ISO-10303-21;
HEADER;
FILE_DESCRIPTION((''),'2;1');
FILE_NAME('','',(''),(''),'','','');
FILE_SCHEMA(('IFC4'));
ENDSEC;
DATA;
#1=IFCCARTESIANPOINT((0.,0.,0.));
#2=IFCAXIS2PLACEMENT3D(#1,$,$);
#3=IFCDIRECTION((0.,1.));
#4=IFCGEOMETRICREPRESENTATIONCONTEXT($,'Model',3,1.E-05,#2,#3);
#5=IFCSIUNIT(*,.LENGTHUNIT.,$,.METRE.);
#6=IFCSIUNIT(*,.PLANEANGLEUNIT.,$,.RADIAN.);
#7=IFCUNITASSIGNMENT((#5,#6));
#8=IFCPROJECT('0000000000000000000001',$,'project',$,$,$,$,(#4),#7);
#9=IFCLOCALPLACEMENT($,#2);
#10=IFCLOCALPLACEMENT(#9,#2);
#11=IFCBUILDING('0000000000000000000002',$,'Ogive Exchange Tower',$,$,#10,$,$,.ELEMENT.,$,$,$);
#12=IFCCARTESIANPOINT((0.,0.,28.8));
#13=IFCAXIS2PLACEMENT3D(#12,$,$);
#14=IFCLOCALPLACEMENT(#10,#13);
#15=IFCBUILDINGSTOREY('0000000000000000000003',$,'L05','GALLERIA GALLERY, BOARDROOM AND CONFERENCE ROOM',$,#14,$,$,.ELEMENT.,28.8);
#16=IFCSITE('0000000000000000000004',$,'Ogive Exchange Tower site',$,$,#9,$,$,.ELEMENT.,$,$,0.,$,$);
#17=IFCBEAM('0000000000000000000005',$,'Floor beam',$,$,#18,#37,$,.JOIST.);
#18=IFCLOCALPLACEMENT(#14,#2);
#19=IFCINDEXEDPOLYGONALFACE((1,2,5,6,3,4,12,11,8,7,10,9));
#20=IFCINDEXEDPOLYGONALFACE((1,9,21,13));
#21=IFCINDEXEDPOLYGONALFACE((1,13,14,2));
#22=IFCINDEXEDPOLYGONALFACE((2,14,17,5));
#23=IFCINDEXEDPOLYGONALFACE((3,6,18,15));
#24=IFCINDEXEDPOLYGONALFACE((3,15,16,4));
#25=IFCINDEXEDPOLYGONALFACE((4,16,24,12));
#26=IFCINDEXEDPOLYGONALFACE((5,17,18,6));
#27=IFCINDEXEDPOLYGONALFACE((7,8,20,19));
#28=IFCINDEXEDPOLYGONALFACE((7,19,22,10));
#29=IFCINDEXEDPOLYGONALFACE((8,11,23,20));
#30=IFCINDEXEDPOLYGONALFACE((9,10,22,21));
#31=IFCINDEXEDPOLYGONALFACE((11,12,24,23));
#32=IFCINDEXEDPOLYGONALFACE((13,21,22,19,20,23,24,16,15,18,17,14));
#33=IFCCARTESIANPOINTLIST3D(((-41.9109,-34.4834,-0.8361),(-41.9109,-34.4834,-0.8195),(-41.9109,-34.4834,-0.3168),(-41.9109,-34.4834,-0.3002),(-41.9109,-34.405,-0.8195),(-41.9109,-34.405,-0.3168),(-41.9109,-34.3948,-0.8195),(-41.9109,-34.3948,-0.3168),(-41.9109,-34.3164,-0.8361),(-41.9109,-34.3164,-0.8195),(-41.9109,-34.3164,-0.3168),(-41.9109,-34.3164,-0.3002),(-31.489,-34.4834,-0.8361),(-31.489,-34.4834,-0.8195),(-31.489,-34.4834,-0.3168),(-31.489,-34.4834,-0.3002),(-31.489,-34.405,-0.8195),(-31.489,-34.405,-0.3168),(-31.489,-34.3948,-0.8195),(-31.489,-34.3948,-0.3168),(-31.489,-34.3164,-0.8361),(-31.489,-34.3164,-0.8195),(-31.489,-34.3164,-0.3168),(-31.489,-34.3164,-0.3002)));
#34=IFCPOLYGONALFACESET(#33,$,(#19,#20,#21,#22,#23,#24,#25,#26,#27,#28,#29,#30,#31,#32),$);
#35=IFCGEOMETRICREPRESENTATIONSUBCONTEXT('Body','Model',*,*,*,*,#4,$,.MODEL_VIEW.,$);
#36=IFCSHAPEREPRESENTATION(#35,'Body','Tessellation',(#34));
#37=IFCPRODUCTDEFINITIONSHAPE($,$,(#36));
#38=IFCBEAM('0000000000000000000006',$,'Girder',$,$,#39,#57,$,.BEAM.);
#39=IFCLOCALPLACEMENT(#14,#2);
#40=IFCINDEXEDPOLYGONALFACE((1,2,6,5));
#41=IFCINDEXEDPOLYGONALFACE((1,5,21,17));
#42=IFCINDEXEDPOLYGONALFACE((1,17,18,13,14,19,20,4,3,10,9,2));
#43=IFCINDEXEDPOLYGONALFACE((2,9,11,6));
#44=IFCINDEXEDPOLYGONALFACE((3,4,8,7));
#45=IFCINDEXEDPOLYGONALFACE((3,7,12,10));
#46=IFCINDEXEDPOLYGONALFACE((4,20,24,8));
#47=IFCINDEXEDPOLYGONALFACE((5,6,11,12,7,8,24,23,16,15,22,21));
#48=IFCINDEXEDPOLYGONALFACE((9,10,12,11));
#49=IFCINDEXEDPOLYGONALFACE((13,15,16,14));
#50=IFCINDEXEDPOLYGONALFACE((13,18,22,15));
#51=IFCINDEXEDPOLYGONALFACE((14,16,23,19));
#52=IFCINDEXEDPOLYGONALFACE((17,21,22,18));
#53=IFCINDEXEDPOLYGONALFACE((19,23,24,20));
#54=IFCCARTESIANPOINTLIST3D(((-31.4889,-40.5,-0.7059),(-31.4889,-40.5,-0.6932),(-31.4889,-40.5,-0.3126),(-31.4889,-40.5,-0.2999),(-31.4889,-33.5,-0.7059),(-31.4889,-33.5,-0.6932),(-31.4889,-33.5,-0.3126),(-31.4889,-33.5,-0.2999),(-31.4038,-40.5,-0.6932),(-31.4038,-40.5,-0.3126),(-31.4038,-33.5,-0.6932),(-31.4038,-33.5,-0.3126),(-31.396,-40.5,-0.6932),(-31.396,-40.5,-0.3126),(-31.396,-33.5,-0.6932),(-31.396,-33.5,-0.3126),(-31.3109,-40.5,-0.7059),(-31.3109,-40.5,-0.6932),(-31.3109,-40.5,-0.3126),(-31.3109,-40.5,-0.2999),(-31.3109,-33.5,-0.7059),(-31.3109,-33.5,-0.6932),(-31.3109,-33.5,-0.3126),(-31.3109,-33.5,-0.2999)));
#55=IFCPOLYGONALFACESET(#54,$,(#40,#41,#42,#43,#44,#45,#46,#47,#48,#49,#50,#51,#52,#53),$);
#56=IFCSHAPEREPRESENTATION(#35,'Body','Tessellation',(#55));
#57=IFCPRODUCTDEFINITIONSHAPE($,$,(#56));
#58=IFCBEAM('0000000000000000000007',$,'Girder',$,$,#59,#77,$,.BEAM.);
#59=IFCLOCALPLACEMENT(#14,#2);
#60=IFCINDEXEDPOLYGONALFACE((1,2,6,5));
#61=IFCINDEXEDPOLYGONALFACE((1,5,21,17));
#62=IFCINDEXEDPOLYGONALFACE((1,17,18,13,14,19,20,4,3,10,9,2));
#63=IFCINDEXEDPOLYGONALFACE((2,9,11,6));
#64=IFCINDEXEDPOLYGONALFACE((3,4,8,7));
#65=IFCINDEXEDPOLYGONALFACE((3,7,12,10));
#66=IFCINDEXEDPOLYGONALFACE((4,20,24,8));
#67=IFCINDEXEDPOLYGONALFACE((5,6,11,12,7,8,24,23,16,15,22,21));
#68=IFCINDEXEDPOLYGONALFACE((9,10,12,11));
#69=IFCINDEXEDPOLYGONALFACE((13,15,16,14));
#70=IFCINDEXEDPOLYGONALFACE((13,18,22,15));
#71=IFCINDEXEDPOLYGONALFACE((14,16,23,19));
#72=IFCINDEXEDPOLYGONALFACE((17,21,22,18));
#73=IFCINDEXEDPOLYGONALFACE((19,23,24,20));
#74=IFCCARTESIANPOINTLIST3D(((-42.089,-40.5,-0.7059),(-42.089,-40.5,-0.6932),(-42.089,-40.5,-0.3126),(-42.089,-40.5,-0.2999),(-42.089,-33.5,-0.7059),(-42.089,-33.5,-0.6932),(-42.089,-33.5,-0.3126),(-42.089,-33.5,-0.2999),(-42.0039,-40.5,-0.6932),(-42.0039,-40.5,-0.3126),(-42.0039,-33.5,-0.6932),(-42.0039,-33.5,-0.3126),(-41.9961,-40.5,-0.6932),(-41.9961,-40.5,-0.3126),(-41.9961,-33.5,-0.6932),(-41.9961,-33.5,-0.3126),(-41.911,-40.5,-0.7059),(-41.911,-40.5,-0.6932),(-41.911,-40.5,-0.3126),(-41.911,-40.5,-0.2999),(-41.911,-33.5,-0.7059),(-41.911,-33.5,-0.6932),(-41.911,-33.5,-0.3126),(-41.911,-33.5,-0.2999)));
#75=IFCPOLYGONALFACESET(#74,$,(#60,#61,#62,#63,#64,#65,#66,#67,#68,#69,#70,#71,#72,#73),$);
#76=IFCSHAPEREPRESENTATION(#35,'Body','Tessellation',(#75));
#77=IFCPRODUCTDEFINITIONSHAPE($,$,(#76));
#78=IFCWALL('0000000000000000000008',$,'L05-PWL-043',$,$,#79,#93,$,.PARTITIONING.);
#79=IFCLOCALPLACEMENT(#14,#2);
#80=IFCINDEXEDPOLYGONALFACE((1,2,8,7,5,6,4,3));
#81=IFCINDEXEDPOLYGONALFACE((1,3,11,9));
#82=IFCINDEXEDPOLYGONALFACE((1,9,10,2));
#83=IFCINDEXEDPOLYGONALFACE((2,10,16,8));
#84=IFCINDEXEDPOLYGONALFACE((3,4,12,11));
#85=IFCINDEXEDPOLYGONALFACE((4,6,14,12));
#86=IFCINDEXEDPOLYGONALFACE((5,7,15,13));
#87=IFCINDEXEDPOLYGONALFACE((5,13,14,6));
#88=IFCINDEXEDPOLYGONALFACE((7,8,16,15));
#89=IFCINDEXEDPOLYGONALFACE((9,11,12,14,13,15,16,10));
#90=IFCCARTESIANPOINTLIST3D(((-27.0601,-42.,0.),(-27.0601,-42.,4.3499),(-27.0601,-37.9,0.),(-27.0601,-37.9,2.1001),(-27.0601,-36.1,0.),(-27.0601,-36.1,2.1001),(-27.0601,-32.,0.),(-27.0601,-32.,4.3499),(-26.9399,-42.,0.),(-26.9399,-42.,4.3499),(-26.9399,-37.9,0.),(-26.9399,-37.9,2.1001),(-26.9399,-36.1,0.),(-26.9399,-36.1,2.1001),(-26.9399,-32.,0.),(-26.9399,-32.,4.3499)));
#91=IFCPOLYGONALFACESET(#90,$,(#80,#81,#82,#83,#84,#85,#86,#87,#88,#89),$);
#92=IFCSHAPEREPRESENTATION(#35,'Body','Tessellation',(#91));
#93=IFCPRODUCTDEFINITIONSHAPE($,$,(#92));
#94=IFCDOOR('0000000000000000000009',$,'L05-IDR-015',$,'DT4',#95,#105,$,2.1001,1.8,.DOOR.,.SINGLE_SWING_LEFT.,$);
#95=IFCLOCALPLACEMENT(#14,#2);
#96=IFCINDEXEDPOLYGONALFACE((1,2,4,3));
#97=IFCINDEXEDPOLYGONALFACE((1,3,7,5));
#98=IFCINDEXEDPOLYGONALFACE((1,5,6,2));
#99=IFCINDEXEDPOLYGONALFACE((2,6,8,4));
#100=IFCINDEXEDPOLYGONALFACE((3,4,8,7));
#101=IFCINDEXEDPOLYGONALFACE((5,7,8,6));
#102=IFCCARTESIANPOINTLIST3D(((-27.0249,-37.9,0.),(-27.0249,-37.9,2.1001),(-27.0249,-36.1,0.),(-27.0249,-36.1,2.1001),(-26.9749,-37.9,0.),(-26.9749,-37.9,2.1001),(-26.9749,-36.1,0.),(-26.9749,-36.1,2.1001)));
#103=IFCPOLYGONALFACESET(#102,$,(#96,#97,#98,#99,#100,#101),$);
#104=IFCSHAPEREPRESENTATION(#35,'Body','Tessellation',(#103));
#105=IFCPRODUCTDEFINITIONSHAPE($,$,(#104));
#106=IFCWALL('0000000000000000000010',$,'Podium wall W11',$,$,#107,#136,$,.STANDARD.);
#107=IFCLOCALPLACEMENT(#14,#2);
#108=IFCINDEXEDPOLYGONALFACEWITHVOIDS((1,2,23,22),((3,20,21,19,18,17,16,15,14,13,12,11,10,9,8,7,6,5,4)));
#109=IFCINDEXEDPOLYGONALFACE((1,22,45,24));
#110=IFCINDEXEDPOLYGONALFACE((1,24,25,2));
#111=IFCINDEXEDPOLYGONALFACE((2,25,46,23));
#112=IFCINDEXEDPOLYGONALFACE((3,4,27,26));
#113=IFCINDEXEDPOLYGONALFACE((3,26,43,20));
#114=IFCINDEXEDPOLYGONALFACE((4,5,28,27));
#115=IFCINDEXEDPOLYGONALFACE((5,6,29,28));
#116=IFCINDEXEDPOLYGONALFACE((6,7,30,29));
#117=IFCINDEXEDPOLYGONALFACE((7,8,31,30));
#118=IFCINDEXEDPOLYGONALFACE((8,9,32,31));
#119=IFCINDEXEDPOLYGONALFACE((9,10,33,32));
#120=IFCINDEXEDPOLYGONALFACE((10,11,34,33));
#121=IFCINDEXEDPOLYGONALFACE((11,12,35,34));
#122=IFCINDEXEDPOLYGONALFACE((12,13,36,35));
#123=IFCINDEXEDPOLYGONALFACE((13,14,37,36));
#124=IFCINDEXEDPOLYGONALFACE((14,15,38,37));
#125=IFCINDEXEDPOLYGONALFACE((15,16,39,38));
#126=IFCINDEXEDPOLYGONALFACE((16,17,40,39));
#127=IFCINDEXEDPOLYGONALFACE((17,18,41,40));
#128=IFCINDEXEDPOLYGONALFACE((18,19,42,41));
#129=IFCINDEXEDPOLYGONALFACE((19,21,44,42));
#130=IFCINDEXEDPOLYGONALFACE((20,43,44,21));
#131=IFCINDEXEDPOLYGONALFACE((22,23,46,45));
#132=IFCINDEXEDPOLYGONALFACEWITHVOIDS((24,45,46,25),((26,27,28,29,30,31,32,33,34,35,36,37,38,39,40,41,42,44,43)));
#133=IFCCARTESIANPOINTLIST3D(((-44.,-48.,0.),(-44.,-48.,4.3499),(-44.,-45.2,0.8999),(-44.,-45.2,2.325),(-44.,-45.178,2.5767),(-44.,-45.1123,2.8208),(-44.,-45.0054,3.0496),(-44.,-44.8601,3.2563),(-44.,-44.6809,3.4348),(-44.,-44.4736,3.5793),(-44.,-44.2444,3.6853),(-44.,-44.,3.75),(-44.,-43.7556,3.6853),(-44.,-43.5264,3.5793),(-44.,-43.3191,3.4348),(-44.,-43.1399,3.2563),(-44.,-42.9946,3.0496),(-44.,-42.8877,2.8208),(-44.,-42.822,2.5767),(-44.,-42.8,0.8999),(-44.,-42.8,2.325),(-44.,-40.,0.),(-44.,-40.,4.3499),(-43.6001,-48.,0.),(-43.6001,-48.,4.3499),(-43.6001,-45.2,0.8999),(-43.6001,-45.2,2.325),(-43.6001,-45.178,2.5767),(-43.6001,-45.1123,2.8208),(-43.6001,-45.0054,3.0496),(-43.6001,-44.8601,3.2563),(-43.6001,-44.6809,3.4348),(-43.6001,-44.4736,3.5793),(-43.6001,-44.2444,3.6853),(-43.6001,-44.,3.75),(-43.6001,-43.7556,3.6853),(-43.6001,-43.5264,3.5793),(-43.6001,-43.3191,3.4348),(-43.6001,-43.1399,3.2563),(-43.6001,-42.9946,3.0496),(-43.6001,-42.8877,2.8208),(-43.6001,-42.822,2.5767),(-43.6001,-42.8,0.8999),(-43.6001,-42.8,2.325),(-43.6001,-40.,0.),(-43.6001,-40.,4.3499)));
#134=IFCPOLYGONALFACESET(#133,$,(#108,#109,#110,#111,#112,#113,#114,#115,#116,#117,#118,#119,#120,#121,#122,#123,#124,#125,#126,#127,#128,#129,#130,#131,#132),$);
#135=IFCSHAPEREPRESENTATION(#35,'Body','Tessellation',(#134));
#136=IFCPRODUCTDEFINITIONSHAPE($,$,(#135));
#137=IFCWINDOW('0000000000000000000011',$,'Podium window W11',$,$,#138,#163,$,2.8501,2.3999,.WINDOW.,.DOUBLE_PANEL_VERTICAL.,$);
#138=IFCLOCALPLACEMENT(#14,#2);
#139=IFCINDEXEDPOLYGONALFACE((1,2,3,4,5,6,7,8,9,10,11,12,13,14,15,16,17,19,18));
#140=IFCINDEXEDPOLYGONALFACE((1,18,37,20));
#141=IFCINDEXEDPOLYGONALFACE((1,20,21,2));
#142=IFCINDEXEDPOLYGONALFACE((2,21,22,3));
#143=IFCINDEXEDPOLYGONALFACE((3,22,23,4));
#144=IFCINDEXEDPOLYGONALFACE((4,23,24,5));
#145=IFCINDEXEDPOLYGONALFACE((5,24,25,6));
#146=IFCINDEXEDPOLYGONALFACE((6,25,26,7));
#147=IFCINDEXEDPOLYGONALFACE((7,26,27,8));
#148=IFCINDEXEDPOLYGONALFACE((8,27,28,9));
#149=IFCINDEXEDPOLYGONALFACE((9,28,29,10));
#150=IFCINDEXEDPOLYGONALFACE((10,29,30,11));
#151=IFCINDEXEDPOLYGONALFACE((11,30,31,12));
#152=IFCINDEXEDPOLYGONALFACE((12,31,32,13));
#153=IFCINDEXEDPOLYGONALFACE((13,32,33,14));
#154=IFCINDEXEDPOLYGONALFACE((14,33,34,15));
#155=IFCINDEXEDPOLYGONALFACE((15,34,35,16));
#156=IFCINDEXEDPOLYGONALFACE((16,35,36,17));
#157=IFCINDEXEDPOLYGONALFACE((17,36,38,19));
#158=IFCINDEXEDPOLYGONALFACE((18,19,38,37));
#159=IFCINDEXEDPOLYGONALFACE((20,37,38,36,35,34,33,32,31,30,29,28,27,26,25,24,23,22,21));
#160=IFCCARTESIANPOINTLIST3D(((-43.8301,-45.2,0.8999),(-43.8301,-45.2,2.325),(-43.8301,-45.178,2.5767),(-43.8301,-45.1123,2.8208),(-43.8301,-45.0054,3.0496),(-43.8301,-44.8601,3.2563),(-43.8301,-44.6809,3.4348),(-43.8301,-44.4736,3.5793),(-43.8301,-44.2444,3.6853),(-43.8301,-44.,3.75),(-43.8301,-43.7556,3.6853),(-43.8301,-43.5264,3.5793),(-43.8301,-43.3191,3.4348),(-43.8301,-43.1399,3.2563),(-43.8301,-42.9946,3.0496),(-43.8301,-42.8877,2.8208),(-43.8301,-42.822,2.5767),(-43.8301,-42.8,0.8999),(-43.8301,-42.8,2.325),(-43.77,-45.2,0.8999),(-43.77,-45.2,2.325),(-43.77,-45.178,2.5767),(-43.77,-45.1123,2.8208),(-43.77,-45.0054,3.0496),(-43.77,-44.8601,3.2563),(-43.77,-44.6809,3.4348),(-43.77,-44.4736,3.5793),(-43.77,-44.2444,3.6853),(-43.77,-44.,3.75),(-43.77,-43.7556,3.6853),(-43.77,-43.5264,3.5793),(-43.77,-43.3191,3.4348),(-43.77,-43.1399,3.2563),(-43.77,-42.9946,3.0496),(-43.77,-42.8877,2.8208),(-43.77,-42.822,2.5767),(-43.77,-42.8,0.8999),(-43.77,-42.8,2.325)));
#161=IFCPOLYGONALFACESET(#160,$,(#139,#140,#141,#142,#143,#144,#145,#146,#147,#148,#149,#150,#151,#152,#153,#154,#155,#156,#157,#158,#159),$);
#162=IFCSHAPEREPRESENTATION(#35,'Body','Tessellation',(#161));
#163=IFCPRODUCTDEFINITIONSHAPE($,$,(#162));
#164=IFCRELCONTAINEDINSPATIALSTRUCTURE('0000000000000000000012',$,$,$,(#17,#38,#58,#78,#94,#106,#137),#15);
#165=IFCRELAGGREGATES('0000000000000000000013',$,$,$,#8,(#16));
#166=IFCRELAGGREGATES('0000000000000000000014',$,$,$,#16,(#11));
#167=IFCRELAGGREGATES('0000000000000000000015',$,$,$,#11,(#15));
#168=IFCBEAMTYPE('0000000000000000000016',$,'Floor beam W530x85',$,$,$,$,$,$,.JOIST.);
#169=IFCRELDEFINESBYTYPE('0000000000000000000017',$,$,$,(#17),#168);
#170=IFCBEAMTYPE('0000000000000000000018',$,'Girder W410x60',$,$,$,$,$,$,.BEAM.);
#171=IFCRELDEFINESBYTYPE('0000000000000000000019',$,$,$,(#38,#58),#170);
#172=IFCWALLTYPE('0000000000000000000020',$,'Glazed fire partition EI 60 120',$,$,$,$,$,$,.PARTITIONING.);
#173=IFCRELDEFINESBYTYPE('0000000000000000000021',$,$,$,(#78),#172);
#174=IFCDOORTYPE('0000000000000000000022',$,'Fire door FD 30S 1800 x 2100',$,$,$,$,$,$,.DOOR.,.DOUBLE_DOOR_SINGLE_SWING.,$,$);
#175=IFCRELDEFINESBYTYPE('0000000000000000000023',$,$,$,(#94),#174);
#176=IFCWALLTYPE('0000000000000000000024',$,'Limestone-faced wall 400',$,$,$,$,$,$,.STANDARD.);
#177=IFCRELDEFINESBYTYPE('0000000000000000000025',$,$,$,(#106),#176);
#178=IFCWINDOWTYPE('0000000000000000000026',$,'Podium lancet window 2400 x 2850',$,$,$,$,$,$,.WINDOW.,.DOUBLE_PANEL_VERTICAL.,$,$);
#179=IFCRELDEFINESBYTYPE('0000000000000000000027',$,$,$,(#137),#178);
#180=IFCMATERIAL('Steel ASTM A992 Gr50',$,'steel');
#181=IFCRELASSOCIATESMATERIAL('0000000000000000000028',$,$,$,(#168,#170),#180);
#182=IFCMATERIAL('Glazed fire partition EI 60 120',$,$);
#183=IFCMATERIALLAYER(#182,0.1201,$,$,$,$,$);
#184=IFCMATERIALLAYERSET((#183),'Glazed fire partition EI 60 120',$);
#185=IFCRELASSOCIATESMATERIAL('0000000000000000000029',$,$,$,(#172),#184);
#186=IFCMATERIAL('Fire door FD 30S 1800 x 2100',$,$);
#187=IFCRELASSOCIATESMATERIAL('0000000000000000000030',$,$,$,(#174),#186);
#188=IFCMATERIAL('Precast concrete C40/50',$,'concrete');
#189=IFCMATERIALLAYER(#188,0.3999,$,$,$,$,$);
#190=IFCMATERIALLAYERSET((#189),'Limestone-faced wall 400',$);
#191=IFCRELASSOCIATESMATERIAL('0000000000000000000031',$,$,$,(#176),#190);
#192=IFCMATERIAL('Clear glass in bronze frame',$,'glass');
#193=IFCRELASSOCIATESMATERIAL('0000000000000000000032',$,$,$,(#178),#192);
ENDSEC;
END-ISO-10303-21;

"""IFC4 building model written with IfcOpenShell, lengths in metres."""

from ifc_helpers import new_model, si_unit, direction, frame, frame_2d, origin, origin_2d, place, context, subcontext, project, spatial, polyline, rectangle, i_section, outline, extrude, material, layer, layer_set, material_profile, profile_set, type_object, element, fill, save


model = new_model("IFC4")

# Units and contexts
model_context = context("Model", 3, precision=1e-05, world=origin(), true_north=direction((0.0, 1.0)))
body_context = subcontext(model_context, "Body", "Model", "MODEL_VIEW")
ifc_project = project(units=[si_unit("LENGTHUNIT", "METRE"), si_unit("PLANEANGLEUNIT", "RADIAN")], contexts=[model_context])

# Site, building, storey
site_placement = place(None, origin())
site = spatial("IfcSite", under=ifc_project, at=site_placement, Name="Ogive Exchange Tower site", CompositionType="ELEMENT", RefElevation=0.0)
building_placement = place(site_placement, origin())
building = spatial("IfcBuilding", under=site, at=building_placement, Name="Ogive Exchange Tower", CompositionType="ELEMENT")
storey_placement = place(building_placement, frame((0.0, 0.0, 28.8)))
storey = spatial("IfcBuildingStorey", under=building, at=storey_placement, Name="L05", Description="GALLERIA GALLERY, BOARDROOM AND CONFERENCE ROOM", CompositionType="ELEMENT", Elevation=28.8)

# Beams
ifc_material_1 = material(Name="Steel ASTM A992 Gr50", Category="steel")
ifc_material_profile_1 = material_profile(ifc_material_1, i_section(OverallWidth=0.167, OverallDepth=0.5359, WebThickness=0.0103, FlangeThickness=0.0166, at=origin_2d()), Name="W530x85")
ifc_profile_set_1 = profile_set([ifc_material_profile_1], Name="Steel ASTM A992 Gr50")
beam_type_1 = type_object("IfcBeamType", Name="Floor beam W530x85", PredefinedType="JOIST", material=ifc_profile_set_1)
for number, where, z_axis, x_axis, name in (
    (1, (-41.9109, -34.3999, -0.5681), (1.0, 0.0, 0.0), (0.0, 1.0, 0.0), "Floor beam"),
):
    element("IfcBeam", number, at=place(storey_placement, frame(where, z_axis=z_axis, x_axis=x_axis)), inside=storey, type_object=beam_type_1, Name=name, PredefinedType="JOIST", context=body_context, shape_type="SweptSolid", body=[
        extrude(i_section(OverallWidth=0.167, OverallDepth=0.5359, WebThickness=0.0103, FlangeThickness=0.0166, at=origin_2d()), origin(), (0.0, 0.0, 1.0), 10.4219),
    ])
ifc_material_profile_2 = material_profile(ifc_material_1, i_section(OverallWidth=0.178, OverallDepth=0.406, WebThickness=0.0078, FlangeThickness=0.0127, at=origin_2d()), Name="W410x60")
ifc_profile_set_2 = profile_set([ifc_material_profile_2], Name="Steel ASTM A992 Gr50")
beam_type_2 = type_object("IfcBeamType", Name="Girder W410x60", PredefinedType="BEAM", material=ifc_profile_set_2)
for number, where, z_axis, x_axis, name in (
    (2, (-31.3999, -40.5, -0.5029), (0.0, 1.0, 0.0), (-1.0, 0.0, 0.0), "Girder"),
    (3, (-42.0, -40.5, -0.5029), (0.0, 1.0, 0.0), (-1.0, 0.0, 0.0), "Girder"),
):
    element("IfcBeam", number, at=place(storey_placement, frame(where, z_axis=z_axis, x_axis=x_axis)), inside=storey, type_object=beam_type_2, Name=name, PredefinedType="BEAM", context=body_context, shape_type="SweptSolid", body=[
        extrude(i_section(OverallWidth=0.178, OverallDepth=0.406, WebThickness=0.0078, FlangeThickness=0.0127, at=origin_2d()), origin(), (0.0, 0.0, 1.0), 7.0),
    ])

# Wall, opening, door
ifc_material_2 = material(Name="Glazed fire partition EI 60 120")
ifc_layer_1 = layer(ifc_material_2, 0.1201)
ifc_layer_set_1 = layer_set([ifc_layer_1], Name="Glazed fire partition EI 60 120")
wall_type_1 = type_object("IfcWallType", Name="Glazed fire partition EI 60 120", PredefinedType="PARTITIONING", material=ifc_layer_set_1)
wall_1_placement = place(storey_placement, frame((-27.0, -42.0, 0.0), z_axis=(0.0, 0.0, 1.0), x_axis=(0.0, 1.0, 0.0)))
wall_1 = element("IfcWall", 4, at=wall_1_placement, inside=storey, type_object=wall_type_1, Name="L05-PWL-043", PredefinedType="PARTITIONING", context=body_context, shape_type="SweptSolid", body=[
    extrude(rectangle(XDim=10.0, YDim=0.1201, at=frame_2d((5.0, 0.0))), origin(), (0.0, 0.0, 1.0), 4.3499),
])
opening_1_placement = place(wall_1_placement, frame((4.1001, 0.0, 0.0)))
opening_1 = element("IfcOpeningElement", 5, at=opening_1_placement, cuts=wall_1, PredefinedType="OPENING", context=body_context, shape_type="SweptSolid", body=[
    extrude(rectangle(XDim=1.8, YDim=2.1001, at=frame_2d((0.8999, 1.05))), frame((0.0, 0.0701, 0.0), z_axis=(0.0, -1.0, 0.0), x_axis=(1.0, 0.0, 0.0)), (0.0, 0.0, 1.0), 0.1401),
])
ifc_material_3 = material(Name="Fire door FD 30S 1800 x 2100")
door_type = type_object("IfcDoorType", Name="Fire door FD 30S 1800 x 2100", OperationType="DOUBLE_DOOR_SINGLE_SWING", PredefinedType="DOOR", material=ifc_material_3)
door_placement = place(opening_1_placement, origin())
door = element("IfcDoor", 6, at=door_placement, inside=storey, type_object=door_type, Name="L05-IDR-015", ObjectType="DT4", OperationType="SINGLE_SWING_LEFT", OverallHeight=2.1001, OverallWidth=1.8, PredefinedType="DOOR", context=body_context, shape_type="SweptSolid", body=[
    extrude(rectangle(XDim=1.8, YDim=2.1001, at=frame_2d((0.8999, 1.05))), frame((0.0, 0.0249, 0.0), z_axis=(0.0, -1.0, 0.0), x_axis=(1.0, 0.0, 0.0)), (0.0, 0.0, 1.0), 0.05),
])
fill(opening_1, door)

# Wall, opening, window
ifc_material_4 = material(Name="Precast concrete C40/50", Category="concrete")
ifc_layer_2 = layer(ifc_material_4, 0.3999)
ifc_layer_set_2 = layer_set([ifc_layer_2], Name="Limestone-faced wall 400")
wall_type_2 = type_object("IfcWallType", Name="Limestone-faced wall 400", PredefinedType="STANDARD", material=ifc_layer_set_2)
wall_2_placement = place(storey_placement, frame((-43.8, -40.0, 0.0), z_axis=(0.0, 0.0, 1.0), x_axis=(0.0, -1.0, 0.0)))
wall_2 = element("IfcWall", 7, at=wall_2_placement, inside=storey, type_object=wall_type_2, Name="Podium wall W11", PredefinedType="STANDARD", context=body_context, shape_type="SweptSolid", body=[
    extrude(rectangle(XDim=8.0, YDim=0.3999, at=frame_2d((4.0, 0.0))), origin(), (0.0, 0.0, 1.0), 4.3499),
])
opening_2_placement = place(wall_2_placement, frame((2.8, 0.0, 0.8999)))
opening_2 = element("IfcOpeningElement", 8, at=opening_2_placement, cuts=wall_2, PredefinedType="OPENING", context=body_context, shape_type="SweptSolid", body=[
    extrude(outline(polyline([(0.0, 0.0), (2.3999, 0.0), (2.3999, 1.425), (2.3779, 1.6768), (2.3123, 1.9209), (2.2053, 2.1497), (2.0601, 2.3564), (1.8809, 2.5349), (1.6736, 2.6794), (1.4443, 2.7854), (1.2, 2.8501), (0.9556, 2.7854), (0.7263, 2.6794), (0.519, 2.5349), (0.3398, 2.3564), (0.1946, 2.1497), (0.0876, 1.9209), (0.022, 1.6768), (0.0, 1.425), (0.0, 0.0)])), frame((0.0, 0.21, 0.0), z_axis=(0.0, -1.0, 0.0), x_axis=(1.0, 0.0, 0.0)), (0.0, 0.0, 1.0), 0.4199),
])
ifc_material_5 = material(Name="Clear glass in bronze frame", Category="glass")
window_type = type_object("IfcWindowType", Name="Podium lancet window 2400 x 2850", PartitioningType="DOUBLE_PANEL_VERTICAL", PredefinedType="WINDOW", material=ifc_material_5)
window_placement = place(opening_2_placement, origin())
window = element("IfcWindow", 9, at=window_placement, inside=storey, type_object=window_type, Name="Podium window W11", OverallHeight=2.8501, OverallWidth=2.3999, PartitioningType="DOUBLE_PANEL_VERTICAL", PredefinedType="WINDOW", context=body_context, shape_type="SweptSolid", body=[
    extrude(outline(polyline([(0.0, 0.0), (2.3999, 0.0), (2.3999, 1.425), (2.3779, 1.6768), (2.3123, 1.9209), (2.2053, 2.1497), (2.0601, 2.3564), (1.8809, 2.5349), (1.6736, 2.6794), (1.4443, 2.7854), (1.2, 2.8501), (0.9556, 2.7854), (0.7263, 2.6794), (0.519, 2.5349), (0.3398, 2.3564), (0.1946, 2.1497), (0.0876, 1.9209), (0.022, 1.6768), (0.0, 1.425), (0.0, 0.0)])), frame((0.0, 0.03, 0.0), z_axis=(0.0, -1.0, 0.0), x_axis=(1.0, 0.0, 0.0)), (0.0, 0.0, 1.0), 0.0601),
])
fill(opening_2, window)

save(model, "model.ifc")
